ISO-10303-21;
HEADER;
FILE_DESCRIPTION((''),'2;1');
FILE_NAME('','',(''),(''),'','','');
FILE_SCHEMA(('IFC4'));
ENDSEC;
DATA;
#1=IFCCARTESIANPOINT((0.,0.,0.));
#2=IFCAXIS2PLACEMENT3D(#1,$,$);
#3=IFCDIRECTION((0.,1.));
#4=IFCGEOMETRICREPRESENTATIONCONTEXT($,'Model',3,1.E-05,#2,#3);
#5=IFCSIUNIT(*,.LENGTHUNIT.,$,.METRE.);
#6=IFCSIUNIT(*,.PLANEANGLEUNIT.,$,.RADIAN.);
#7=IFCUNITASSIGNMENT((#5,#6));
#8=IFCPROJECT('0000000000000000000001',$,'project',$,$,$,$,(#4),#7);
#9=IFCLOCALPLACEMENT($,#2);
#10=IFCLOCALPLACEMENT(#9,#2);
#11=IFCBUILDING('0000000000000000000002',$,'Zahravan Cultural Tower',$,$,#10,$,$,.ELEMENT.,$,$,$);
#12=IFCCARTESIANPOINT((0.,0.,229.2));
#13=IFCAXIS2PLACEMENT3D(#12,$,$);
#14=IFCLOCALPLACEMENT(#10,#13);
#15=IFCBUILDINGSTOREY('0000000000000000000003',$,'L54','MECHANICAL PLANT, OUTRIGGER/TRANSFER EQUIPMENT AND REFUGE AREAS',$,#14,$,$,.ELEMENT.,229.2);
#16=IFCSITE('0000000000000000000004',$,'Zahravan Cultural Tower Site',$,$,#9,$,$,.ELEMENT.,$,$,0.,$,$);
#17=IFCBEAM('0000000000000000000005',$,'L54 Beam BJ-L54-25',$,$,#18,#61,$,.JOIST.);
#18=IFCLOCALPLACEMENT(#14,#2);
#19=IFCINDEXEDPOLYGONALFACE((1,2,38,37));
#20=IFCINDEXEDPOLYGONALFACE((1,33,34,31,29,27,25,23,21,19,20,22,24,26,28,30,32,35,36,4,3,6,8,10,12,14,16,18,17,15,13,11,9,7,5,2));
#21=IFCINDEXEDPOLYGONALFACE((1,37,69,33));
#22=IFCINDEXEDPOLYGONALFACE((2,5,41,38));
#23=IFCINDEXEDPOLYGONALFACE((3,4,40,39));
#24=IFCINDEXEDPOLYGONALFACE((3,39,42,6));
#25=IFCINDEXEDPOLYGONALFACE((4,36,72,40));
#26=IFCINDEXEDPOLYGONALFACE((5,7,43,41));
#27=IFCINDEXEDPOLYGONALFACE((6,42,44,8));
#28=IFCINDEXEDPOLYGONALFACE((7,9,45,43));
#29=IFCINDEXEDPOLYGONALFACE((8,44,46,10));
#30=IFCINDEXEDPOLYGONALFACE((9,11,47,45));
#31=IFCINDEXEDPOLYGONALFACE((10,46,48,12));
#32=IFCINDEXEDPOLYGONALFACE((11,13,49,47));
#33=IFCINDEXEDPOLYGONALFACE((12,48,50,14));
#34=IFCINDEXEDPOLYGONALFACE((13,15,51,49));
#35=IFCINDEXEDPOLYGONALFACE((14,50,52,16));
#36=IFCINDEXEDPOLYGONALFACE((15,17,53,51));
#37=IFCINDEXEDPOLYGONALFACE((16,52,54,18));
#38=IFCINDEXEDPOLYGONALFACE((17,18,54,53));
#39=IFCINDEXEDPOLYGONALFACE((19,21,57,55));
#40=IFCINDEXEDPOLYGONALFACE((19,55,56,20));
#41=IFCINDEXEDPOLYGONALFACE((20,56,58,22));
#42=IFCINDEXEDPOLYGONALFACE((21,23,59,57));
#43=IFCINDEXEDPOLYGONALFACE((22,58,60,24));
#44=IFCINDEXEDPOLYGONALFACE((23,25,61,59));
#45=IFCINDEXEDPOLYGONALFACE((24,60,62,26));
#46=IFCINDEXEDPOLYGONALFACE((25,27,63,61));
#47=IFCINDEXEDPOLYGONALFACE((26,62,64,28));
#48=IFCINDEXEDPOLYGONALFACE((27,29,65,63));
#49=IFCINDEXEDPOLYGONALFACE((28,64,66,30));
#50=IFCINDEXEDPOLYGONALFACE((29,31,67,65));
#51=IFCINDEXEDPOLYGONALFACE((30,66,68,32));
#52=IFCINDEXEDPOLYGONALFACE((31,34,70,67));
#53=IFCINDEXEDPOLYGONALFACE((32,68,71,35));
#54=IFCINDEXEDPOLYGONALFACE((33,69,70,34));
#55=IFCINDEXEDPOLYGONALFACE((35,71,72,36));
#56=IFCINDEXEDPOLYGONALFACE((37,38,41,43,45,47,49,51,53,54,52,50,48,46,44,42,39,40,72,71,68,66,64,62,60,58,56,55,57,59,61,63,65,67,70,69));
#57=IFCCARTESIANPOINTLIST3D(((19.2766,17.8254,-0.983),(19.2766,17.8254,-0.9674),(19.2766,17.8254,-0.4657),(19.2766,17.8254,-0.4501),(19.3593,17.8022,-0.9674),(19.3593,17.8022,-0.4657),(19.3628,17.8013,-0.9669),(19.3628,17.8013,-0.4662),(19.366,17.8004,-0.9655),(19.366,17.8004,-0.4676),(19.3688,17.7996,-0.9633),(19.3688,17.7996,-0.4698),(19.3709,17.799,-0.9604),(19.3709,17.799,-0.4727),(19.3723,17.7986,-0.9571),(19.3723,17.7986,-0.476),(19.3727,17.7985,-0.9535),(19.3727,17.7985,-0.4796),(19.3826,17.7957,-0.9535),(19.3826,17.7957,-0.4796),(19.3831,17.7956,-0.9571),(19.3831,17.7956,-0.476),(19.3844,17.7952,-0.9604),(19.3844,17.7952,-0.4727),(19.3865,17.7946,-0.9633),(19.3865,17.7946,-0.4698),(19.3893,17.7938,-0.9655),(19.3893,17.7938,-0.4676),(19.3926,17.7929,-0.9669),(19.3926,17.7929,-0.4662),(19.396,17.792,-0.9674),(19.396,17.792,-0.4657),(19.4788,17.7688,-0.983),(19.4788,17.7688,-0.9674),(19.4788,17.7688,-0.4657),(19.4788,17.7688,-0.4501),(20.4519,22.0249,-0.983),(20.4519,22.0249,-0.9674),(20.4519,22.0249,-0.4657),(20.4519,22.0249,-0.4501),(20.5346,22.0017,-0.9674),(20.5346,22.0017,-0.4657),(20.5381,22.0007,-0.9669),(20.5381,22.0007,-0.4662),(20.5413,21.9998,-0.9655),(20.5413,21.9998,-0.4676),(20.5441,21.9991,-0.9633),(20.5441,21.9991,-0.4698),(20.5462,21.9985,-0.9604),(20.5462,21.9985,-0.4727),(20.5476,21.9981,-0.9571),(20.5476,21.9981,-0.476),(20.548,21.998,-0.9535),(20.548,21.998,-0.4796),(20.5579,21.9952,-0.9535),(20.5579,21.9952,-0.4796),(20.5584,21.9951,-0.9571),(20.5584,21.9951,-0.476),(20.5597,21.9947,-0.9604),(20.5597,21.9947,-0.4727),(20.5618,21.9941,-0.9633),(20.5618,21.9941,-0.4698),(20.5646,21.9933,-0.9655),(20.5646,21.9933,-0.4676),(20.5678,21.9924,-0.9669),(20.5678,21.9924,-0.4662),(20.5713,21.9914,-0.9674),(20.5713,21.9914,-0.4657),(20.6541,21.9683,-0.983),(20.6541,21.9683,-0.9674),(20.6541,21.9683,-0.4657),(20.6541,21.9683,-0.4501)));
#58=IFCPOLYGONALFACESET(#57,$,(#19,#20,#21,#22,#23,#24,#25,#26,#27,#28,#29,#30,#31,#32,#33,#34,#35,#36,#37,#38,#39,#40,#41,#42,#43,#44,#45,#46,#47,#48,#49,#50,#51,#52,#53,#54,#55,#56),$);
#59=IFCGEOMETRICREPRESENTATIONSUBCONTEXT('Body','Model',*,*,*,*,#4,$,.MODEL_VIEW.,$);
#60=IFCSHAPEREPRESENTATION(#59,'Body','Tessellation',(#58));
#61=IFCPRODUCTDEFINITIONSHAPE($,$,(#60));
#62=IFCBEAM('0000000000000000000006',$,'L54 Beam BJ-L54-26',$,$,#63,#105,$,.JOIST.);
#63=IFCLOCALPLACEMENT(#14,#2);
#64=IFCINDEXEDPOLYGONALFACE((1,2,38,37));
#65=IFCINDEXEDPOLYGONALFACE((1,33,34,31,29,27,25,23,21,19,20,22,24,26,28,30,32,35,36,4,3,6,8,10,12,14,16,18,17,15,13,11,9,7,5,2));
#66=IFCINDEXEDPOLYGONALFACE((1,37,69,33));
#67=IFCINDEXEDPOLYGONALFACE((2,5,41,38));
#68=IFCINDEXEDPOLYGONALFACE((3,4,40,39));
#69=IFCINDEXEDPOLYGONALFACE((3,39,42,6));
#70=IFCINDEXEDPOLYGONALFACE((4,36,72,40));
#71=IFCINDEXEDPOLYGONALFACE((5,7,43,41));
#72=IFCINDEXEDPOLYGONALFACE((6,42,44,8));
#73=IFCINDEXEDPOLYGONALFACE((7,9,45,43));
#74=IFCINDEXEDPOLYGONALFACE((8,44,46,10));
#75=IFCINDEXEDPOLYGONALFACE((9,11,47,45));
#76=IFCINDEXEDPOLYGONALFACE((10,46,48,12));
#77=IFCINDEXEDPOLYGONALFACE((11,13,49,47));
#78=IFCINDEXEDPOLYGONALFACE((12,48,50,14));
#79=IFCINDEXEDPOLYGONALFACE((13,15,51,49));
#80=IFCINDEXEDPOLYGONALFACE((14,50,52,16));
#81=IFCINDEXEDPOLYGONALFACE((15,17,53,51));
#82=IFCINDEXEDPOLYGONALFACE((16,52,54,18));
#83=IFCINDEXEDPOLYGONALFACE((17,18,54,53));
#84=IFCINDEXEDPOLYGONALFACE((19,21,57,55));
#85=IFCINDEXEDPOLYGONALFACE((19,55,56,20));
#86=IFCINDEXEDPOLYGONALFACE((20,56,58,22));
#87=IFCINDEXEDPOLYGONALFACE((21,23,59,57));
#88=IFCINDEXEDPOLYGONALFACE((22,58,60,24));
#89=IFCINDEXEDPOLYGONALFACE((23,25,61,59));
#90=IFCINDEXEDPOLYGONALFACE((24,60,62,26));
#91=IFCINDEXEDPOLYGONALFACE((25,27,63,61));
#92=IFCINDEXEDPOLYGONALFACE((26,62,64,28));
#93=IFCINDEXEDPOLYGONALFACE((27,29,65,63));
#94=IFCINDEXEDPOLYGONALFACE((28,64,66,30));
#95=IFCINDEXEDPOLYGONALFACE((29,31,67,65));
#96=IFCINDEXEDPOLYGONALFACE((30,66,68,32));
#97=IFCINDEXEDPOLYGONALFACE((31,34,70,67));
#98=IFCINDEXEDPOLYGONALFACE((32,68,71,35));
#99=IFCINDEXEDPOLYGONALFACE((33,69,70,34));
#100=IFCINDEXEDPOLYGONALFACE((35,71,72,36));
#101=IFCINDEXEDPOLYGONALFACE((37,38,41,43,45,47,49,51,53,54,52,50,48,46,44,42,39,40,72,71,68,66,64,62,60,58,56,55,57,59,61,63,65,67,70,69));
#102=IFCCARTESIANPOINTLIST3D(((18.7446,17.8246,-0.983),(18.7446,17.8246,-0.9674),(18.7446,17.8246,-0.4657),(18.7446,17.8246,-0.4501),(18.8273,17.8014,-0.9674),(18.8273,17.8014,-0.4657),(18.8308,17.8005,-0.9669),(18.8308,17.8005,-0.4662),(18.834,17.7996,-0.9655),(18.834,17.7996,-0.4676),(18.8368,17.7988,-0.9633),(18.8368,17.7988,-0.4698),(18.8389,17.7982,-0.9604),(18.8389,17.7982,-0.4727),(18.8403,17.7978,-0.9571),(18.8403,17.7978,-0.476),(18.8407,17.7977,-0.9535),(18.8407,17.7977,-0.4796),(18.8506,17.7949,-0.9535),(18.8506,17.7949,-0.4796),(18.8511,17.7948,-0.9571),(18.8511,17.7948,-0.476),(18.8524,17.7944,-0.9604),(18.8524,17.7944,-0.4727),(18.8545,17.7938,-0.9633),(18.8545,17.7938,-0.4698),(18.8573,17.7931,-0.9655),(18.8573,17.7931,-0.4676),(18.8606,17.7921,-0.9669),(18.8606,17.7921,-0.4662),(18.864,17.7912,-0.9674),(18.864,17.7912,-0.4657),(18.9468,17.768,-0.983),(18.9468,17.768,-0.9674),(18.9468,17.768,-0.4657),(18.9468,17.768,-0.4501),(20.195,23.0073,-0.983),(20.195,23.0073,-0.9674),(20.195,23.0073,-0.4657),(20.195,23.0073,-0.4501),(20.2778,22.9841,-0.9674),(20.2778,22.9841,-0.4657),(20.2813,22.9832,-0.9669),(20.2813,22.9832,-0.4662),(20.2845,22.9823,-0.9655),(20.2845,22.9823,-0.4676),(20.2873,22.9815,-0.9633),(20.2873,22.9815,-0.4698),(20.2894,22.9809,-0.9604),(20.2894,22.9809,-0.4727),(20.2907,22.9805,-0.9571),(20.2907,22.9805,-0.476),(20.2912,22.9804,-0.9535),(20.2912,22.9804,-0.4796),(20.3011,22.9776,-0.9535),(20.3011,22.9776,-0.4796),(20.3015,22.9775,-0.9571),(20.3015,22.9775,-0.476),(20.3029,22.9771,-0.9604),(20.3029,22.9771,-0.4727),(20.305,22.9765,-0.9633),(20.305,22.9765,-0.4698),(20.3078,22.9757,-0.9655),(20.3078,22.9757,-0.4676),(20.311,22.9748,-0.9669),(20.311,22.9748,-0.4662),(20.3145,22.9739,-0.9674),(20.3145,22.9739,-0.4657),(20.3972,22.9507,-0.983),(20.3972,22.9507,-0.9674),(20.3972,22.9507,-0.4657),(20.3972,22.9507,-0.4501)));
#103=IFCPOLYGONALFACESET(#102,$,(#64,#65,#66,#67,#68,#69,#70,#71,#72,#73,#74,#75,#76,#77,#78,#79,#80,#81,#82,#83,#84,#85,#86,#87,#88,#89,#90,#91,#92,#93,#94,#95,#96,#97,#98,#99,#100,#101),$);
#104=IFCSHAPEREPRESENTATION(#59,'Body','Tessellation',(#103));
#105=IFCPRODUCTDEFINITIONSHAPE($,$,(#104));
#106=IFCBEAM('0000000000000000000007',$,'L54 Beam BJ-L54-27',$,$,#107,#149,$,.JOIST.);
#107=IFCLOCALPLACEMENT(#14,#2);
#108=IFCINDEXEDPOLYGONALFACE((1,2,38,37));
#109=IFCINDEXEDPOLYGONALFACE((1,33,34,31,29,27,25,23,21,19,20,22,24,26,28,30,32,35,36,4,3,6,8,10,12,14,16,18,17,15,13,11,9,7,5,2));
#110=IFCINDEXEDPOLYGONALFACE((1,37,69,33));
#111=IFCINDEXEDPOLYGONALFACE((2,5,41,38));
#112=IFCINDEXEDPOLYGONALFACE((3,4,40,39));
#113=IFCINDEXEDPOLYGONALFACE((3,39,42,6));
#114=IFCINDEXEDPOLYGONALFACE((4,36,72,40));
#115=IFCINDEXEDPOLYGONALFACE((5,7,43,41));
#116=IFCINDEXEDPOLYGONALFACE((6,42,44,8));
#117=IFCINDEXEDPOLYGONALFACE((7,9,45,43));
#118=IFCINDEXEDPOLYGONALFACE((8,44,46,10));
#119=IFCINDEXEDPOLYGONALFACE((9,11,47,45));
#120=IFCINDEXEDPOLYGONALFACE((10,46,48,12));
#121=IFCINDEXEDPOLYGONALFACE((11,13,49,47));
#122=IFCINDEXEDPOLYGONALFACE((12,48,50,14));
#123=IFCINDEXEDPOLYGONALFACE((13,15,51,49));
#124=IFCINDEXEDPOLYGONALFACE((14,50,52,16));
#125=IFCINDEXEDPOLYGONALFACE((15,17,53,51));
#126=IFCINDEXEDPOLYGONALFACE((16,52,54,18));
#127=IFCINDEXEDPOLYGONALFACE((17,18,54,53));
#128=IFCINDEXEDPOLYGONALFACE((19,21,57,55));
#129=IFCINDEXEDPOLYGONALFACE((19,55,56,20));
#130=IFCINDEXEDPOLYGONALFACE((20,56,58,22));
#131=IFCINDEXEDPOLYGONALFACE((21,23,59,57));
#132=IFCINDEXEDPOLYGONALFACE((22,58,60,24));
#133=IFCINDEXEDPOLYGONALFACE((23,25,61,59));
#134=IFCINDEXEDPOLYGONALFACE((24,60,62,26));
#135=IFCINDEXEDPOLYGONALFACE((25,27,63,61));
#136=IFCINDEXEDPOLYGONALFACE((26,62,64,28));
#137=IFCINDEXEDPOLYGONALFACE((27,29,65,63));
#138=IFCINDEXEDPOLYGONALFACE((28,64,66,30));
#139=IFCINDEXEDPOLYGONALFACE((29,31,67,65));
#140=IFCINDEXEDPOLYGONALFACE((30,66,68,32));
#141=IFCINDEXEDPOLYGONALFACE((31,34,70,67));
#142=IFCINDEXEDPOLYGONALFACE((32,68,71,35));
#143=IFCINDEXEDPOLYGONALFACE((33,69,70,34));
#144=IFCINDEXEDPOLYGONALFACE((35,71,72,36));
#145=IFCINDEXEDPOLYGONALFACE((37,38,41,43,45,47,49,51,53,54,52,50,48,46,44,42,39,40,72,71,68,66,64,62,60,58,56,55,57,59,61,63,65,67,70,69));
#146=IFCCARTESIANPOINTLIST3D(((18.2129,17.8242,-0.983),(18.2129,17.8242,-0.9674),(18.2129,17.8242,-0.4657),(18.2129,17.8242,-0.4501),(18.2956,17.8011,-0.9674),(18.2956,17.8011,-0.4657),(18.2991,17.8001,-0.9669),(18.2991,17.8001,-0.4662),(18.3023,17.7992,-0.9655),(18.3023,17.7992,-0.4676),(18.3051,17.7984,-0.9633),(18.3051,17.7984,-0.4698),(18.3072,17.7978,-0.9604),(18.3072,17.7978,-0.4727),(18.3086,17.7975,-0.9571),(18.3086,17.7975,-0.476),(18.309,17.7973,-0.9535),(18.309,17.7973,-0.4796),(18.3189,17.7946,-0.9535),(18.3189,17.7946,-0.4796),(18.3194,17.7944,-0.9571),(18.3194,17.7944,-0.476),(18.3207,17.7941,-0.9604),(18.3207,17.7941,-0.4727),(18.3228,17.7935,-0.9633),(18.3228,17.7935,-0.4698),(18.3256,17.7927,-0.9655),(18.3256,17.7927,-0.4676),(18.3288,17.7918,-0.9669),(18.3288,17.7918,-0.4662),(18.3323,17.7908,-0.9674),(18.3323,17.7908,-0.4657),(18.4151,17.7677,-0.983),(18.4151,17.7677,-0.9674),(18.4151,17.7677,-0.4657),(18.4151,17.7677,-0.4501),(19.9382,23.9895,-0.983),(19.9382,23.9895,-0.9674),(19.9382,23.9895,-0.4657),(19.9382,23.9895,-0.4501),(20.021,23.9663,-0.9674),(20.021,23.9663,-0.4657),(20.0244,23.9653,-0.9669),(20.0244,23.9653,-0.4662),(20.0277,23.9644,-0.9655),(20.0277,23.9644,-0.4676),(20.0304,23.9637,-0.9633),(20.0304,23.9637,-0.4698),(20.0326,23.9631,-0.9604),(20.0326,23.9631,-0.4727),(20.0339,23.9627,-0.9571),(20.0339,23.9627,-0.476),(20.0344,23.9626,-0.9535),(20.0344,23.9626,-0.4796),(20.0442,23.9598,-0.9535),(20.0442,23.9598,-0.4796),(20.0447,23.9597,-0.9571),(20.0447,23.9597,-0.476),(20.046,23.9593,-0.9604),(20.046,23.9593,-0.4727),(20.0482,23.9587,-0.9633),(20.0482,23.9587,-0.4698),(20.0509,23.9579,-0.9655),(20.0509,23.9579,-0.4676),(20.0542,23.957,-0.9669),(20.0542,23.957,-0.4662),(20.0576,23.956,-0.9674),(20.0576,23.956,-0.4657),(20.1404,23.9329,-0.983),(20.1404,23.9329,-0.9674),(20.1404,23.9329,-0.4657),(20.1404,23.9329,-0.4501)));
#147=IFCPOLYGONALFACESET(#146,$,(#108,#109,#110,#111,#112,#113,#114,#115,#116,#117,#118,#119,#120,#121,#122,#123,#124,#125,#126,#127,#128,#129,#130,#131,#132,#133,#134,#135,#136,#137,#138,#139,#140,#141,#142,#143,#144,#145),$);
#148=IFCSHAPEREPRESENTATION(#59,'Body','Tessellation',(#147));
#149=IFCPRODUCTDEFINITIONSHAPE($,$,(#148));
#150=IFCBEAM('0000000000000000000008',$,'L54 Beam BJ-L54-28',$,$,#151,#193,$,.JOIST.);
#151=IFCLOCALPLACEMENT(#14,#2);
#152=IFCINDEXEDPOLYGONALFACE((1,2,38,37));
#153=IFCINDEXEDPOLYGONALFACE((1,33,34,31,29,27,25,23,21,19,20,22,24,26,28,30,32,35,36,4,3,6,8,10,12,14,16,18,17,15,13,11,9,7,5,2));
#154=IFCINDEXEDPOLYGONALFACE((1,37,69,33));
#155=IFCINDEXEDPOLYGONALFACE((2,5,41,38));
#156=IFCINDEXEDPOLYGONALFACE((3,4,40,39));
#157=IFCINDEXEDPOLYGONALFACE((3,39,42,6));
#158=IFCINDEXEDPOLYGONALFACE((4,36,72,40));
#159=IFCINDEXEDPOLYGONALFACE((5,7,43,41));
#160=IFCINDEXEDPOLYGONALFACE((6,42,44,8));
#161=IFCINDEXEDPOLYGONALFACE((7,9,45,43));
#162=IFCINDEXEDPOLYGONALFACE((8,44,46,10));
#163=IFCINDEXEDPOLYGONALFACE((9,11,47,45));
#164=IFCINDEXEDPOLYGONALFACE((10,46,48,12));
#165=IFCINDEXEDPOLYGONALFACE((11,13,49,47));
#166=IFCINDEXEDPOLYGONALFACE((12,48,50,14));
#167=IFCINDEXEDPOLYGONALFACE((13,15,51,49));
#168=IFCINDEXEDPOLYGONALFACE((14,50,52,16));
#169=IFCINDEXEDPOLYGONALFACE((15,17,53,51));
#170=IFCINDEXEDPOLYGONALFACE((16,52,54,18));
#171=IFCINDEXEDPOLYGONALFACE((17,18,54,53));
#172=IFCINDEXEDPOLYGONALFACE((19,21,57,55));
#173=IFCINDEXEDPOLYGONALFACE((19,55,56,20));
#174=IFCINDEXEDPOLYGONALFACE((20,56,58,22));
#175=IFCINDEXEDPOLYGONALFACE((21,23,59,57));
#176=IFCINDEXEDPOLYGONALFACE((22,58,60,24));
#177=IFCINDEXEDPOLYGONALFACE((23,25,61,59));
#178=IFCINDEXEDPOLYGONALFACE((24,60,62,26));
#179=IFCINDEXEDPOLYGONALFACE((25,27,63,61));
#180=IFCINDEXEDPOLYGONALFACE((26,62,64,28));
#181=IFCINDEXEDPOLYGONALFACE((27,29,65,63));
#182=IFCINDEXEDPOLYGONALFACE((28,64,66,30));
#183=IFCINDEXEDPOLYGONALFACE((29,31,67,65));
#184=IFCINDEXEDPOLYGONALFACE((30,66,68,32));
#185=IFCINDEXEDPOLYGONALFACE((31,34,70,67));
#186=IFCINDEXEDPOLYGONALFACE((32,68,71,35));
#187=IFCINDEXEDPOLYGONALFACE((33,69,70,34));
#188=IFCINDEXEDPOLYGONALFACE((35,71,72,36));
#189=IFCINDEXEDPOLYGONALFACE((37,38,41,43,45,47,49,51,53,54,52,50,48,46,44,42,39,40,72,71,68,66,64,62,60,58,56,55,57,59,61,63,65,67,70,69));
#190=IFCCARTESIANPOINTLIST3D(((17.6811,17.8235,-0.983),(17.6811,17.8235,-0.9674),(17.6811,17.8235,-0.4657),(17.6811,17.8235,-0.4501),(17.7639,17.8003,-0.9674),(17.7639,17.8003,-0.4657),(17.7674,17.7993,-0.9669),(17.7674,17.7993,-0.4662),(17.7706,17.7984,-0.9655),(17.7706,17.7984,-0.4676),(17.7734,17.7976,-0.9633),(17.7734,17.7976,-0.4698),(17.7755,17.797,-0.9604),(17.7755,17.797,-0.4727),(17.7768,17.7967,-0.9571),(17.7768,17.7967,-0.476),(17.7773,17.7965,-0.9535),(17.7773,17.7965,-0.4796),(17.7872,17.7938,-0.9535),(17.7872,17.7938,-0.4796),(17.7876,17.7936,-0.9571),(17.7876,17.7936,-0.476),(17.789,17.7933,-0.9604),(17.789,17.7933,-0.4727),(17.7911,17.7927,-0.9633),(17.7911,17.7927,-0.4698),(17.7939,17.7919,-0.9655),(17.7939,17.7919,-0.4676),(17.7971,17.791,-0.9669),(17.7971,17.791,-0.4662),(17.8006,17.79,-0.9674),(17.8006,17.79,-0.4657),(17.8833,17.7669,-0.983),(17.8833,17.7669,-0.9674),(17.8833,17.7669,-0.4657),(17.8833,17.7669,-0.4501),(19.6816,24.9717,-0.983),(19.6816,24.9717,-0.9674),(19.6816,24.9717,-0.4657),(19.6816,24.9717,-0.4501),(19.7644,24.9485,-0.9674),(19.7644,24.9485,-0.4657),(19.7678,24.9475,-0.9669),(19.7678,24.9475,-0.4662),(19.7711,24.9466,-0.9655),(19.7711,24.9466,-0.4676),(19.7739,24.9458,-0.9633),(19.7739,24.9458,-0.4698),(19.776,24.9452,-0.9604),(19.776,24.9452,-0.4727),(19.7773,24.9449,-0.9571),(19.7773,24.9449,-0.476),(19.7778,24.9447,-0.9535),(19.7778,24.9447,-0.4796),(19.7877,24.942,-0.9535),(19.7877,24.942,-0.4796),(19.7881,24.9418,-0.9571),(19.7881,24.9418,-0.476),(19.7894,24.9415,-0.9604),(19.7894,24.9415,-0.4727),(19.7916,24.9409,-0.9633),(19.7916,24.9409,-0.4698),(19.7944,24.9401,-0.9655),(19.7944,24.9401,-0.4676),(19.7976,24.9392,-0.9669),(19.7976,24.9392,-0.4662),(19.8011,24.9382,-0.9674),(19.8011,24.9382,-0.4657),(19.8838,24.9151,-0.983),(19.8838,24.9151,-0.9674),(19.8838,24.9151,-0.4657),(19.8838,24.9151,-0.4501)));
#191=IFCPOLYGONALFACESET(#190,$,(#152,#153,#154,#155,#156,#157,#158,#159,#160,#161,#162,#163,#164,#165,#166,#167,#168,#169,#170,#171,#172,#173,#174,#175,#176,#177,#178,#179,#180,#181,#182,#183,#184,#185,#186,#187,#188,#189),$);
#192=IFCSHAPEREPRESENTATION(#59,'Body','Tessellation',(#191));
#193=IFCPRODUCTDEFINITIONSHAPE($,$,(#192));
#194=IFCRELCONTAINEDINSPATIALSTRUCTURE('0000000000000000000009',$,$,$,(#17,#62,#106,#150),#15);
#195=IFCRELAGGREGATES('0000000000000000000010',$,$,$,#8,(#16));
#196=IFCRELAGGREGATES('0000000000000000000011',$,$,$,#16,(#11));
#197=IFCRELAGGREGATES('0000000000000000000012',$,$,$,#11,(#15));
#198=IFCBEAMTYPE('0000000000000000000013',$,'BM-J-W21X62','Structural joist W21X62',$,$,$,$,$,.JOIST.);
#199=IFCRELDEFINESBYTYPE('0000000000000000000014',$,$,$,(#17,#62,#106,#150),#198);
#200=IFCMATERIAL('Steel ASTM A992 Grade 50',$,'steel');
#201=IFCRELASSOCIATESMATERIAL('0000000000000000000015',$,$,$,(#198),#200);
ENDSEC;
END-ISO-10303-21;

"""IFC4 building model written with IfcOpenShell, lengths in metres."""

from ifc_helpers import new_model, si_unit, direction, frame, origin, origin_2d, place, context, subcontext, project, spatial, i_section, extrude, source, transform, mapped, material, material_profile, profile_set, type_object, element, save


model = new_model("IFC4")

# Units and contexts
model_context = context("Model", 3, precision=1e-05, world=origin(), true_north=direction((0.0, 1.0)))
body_context = subcontext(model_context, "Body", "Model", "MODEL_VIEW")
ifc_project = project(units=[si_unit("LENGTHUNIT", "METRE"), si_unit("PLANEANGLEUNIT", "RADIAN")], contexts=[model_context])

# Site, building, storey
site_placement = place(None, origin())
site = spatial("IfcSite", under=ifc_project, at=site_placement, Name="Zahravan Cultural Tower Site", CompositionType="ELEMENT", RefElevation=0.0)
building_placement = place(site_placement, origin())
building = spatial("IfcBuilding", under=site, at=building_placement, Name="Zahravan Cultural Tower", CompositionType="ELEMENT")
storey_placement = place(building_placement, frame((0.0, 0.0, 229.2)))
storey = spatial("IfcBuildingStorey", under=building, at=storey_placement, Name="L54", Description="MECHANICAL PLANT, OUTRIGGER/TRANSFER EQUIPMENT AND REFUGE AREAS", CompositionType="ELEMENT", Elevation=229.2)

# Beams
ifc_material_1 = material(Name="Steel ASTM A992 Grade 50", Category="steel")
ifc_material_profile_1 = material_profile(ifc_material_1, i_section(OverallWidth=0.21, OverallDepth=0.533, WebThickness=0.0103, FlangeThickness=0.0156, FilletRadius=0.0139, at=origin_2d()), Name="W21X62")
ifc_profile_set_1 = profile_set([ifc_material_profile_1], Name="Steel ASTM A992 Grade 50")
beam_type_1 = type_object("IfcBeamType", Name="BM-J-W21X62", Description="Structural joist W21X62", PredefinedType="JOIST", material=ifc_profile_set_1)
shared_shape_1 = source(origin(), body_context, "Body", "SweptSolid", [
    extrude(i_section(OverallWidth=0.21, OverallDepth=0.533, WebThickness=0.0103, FlangeThickness=0.0156, FilletRadius=0.0139, at=origin_2d()), origin(), (0.0, 0.0, 1.0), 4.3608),
])
beam_1_placement = place(storey_placement, frame((20.553, 21.9966, -0.7166), z_axis=(-0.269512, -0.962997, 0.0), x_axis=(0.962997, -0.269512, 0.0)))
element("IfcBeam", 1, at=beam_1_placement, inside=storey, type_object=beam_type_1, Name="L54 Beam BJ-L54-25", PredefinedType="JOIST", context=body_context, shape_type="MappedRepresentation", body=[
    mapped(shared_shape_1, transform((0.0, 0.0, 0.0), x_axis=(1.0, 0.0, 0.0), y_axis=(0.0, 1.0, 0.0), z_axis=(0.0, 0.0, 1.0), scale=1.0)),
])
shared_shape_2 = source(origin(), body_context, "Body", "SweptSolid", [
    extrude(i_section(OverallWidth=0.21, OverallDepth=0.533, WebThickness=0.0103, FlangeThickness=0.0156, FilletRadius=0.0139, at=origin_2d()), origin(), (0.0, 0.0, 1.0), 5.3818),
])
beam_2_placement = place(storey_placement, frame((20.2961, 22.979, -0.7166), z_axis=(-0.26951, -0.962997, 0.0), x_axis=(0.962997, -0.26951, 0.0)))
element("IfcBeam", 2, at=beam_2_placement, inside=storey, type_object=beam_type_1, Name="L54 Beam BJ-L54-26", PredefinedType="JOIST", context=body_context, shape_type="MappedRepresentation", body=[
    mapped(shared_shape_2, transform((0.0, 0.0, 0.0), x_axis=(1.0, 0.0, 0.0), y_axis=(0.0, 1.0, 0.0), z_axis=(0.0, 0.0, 1.0), scale=1.0)),
])
shared_shape_3 = source(origin(), body_context, "Body", "SweptSolid", [
    extrude(i_section(OverallWidth=0.21, OverallDepth=0.533, WebThickness=0.0103, FlangeThickness=0.0156, FilletRadius=0.0139, at=origin_2d()), origin(), (0.0, 0.0, 1.0), 6.4021),
])
beam_3_placement = place(storey_placement, frame((20.0393, 23.9612, -0.7166), z_axis=(-0.269494, -0.963002, 0.0), x_axis=(0.963002, -0.269494, 0.0)))
element("IfcBeam", 3, at=beam_3_placement, inside=storey, type_object=beam_type_1, Name="L54 Beam BJ-L54-27", PredefinedType="JOIST", context=body_context, shape_type="MappedRepresentation", body=[
    mapped(shared_shape_3, transform((0.0, 0.0, 0.0), x_axis=(1.0, 0.0, 0.0), y_axis=(0.0, 1.0, 0.0), z_axis=(0.0, 0.0, 1.0), scale=1.0)),
])
shared_shape_4 = source(origin(), body_context, "Body", "SweptSolid", [
    extrude(i_section(OverallWidth=0.21, OverallDepth=0.533, WebThickness=0.0103, FlangeThickness=0.0156, FilletRadius=0.0139, at=origin_2d()), origin(), (0.0, 0.0, 1.0), 7.4229),
])
beam_4_placement = place(storey_placement, frame((19.7827, 24.9434, -0.7166), z_axis=(-0.269504, -0.962999, 0.0), x_axis=(0.962999, -0.269504, 0.0)))
element("IfcBeam", 4, at=beam_4_placement, inside=storey, type_object=beam_type_1, Name="L54 Beam BJ-L54-28", PredefinedType="JOIST", context=body_context, shape_type="MappedRepresentation", body=[
    mapped(shared_shape_4, transform((0.0, 0.0, 0.0), x_axis=(1.0, 0.0, 0.0), y_axis=(0.0, 1.0, 0.0), z_axis=(0.0, 0.0, 1.0), scale=1.0)),
])

save(model, "model.ifc")
